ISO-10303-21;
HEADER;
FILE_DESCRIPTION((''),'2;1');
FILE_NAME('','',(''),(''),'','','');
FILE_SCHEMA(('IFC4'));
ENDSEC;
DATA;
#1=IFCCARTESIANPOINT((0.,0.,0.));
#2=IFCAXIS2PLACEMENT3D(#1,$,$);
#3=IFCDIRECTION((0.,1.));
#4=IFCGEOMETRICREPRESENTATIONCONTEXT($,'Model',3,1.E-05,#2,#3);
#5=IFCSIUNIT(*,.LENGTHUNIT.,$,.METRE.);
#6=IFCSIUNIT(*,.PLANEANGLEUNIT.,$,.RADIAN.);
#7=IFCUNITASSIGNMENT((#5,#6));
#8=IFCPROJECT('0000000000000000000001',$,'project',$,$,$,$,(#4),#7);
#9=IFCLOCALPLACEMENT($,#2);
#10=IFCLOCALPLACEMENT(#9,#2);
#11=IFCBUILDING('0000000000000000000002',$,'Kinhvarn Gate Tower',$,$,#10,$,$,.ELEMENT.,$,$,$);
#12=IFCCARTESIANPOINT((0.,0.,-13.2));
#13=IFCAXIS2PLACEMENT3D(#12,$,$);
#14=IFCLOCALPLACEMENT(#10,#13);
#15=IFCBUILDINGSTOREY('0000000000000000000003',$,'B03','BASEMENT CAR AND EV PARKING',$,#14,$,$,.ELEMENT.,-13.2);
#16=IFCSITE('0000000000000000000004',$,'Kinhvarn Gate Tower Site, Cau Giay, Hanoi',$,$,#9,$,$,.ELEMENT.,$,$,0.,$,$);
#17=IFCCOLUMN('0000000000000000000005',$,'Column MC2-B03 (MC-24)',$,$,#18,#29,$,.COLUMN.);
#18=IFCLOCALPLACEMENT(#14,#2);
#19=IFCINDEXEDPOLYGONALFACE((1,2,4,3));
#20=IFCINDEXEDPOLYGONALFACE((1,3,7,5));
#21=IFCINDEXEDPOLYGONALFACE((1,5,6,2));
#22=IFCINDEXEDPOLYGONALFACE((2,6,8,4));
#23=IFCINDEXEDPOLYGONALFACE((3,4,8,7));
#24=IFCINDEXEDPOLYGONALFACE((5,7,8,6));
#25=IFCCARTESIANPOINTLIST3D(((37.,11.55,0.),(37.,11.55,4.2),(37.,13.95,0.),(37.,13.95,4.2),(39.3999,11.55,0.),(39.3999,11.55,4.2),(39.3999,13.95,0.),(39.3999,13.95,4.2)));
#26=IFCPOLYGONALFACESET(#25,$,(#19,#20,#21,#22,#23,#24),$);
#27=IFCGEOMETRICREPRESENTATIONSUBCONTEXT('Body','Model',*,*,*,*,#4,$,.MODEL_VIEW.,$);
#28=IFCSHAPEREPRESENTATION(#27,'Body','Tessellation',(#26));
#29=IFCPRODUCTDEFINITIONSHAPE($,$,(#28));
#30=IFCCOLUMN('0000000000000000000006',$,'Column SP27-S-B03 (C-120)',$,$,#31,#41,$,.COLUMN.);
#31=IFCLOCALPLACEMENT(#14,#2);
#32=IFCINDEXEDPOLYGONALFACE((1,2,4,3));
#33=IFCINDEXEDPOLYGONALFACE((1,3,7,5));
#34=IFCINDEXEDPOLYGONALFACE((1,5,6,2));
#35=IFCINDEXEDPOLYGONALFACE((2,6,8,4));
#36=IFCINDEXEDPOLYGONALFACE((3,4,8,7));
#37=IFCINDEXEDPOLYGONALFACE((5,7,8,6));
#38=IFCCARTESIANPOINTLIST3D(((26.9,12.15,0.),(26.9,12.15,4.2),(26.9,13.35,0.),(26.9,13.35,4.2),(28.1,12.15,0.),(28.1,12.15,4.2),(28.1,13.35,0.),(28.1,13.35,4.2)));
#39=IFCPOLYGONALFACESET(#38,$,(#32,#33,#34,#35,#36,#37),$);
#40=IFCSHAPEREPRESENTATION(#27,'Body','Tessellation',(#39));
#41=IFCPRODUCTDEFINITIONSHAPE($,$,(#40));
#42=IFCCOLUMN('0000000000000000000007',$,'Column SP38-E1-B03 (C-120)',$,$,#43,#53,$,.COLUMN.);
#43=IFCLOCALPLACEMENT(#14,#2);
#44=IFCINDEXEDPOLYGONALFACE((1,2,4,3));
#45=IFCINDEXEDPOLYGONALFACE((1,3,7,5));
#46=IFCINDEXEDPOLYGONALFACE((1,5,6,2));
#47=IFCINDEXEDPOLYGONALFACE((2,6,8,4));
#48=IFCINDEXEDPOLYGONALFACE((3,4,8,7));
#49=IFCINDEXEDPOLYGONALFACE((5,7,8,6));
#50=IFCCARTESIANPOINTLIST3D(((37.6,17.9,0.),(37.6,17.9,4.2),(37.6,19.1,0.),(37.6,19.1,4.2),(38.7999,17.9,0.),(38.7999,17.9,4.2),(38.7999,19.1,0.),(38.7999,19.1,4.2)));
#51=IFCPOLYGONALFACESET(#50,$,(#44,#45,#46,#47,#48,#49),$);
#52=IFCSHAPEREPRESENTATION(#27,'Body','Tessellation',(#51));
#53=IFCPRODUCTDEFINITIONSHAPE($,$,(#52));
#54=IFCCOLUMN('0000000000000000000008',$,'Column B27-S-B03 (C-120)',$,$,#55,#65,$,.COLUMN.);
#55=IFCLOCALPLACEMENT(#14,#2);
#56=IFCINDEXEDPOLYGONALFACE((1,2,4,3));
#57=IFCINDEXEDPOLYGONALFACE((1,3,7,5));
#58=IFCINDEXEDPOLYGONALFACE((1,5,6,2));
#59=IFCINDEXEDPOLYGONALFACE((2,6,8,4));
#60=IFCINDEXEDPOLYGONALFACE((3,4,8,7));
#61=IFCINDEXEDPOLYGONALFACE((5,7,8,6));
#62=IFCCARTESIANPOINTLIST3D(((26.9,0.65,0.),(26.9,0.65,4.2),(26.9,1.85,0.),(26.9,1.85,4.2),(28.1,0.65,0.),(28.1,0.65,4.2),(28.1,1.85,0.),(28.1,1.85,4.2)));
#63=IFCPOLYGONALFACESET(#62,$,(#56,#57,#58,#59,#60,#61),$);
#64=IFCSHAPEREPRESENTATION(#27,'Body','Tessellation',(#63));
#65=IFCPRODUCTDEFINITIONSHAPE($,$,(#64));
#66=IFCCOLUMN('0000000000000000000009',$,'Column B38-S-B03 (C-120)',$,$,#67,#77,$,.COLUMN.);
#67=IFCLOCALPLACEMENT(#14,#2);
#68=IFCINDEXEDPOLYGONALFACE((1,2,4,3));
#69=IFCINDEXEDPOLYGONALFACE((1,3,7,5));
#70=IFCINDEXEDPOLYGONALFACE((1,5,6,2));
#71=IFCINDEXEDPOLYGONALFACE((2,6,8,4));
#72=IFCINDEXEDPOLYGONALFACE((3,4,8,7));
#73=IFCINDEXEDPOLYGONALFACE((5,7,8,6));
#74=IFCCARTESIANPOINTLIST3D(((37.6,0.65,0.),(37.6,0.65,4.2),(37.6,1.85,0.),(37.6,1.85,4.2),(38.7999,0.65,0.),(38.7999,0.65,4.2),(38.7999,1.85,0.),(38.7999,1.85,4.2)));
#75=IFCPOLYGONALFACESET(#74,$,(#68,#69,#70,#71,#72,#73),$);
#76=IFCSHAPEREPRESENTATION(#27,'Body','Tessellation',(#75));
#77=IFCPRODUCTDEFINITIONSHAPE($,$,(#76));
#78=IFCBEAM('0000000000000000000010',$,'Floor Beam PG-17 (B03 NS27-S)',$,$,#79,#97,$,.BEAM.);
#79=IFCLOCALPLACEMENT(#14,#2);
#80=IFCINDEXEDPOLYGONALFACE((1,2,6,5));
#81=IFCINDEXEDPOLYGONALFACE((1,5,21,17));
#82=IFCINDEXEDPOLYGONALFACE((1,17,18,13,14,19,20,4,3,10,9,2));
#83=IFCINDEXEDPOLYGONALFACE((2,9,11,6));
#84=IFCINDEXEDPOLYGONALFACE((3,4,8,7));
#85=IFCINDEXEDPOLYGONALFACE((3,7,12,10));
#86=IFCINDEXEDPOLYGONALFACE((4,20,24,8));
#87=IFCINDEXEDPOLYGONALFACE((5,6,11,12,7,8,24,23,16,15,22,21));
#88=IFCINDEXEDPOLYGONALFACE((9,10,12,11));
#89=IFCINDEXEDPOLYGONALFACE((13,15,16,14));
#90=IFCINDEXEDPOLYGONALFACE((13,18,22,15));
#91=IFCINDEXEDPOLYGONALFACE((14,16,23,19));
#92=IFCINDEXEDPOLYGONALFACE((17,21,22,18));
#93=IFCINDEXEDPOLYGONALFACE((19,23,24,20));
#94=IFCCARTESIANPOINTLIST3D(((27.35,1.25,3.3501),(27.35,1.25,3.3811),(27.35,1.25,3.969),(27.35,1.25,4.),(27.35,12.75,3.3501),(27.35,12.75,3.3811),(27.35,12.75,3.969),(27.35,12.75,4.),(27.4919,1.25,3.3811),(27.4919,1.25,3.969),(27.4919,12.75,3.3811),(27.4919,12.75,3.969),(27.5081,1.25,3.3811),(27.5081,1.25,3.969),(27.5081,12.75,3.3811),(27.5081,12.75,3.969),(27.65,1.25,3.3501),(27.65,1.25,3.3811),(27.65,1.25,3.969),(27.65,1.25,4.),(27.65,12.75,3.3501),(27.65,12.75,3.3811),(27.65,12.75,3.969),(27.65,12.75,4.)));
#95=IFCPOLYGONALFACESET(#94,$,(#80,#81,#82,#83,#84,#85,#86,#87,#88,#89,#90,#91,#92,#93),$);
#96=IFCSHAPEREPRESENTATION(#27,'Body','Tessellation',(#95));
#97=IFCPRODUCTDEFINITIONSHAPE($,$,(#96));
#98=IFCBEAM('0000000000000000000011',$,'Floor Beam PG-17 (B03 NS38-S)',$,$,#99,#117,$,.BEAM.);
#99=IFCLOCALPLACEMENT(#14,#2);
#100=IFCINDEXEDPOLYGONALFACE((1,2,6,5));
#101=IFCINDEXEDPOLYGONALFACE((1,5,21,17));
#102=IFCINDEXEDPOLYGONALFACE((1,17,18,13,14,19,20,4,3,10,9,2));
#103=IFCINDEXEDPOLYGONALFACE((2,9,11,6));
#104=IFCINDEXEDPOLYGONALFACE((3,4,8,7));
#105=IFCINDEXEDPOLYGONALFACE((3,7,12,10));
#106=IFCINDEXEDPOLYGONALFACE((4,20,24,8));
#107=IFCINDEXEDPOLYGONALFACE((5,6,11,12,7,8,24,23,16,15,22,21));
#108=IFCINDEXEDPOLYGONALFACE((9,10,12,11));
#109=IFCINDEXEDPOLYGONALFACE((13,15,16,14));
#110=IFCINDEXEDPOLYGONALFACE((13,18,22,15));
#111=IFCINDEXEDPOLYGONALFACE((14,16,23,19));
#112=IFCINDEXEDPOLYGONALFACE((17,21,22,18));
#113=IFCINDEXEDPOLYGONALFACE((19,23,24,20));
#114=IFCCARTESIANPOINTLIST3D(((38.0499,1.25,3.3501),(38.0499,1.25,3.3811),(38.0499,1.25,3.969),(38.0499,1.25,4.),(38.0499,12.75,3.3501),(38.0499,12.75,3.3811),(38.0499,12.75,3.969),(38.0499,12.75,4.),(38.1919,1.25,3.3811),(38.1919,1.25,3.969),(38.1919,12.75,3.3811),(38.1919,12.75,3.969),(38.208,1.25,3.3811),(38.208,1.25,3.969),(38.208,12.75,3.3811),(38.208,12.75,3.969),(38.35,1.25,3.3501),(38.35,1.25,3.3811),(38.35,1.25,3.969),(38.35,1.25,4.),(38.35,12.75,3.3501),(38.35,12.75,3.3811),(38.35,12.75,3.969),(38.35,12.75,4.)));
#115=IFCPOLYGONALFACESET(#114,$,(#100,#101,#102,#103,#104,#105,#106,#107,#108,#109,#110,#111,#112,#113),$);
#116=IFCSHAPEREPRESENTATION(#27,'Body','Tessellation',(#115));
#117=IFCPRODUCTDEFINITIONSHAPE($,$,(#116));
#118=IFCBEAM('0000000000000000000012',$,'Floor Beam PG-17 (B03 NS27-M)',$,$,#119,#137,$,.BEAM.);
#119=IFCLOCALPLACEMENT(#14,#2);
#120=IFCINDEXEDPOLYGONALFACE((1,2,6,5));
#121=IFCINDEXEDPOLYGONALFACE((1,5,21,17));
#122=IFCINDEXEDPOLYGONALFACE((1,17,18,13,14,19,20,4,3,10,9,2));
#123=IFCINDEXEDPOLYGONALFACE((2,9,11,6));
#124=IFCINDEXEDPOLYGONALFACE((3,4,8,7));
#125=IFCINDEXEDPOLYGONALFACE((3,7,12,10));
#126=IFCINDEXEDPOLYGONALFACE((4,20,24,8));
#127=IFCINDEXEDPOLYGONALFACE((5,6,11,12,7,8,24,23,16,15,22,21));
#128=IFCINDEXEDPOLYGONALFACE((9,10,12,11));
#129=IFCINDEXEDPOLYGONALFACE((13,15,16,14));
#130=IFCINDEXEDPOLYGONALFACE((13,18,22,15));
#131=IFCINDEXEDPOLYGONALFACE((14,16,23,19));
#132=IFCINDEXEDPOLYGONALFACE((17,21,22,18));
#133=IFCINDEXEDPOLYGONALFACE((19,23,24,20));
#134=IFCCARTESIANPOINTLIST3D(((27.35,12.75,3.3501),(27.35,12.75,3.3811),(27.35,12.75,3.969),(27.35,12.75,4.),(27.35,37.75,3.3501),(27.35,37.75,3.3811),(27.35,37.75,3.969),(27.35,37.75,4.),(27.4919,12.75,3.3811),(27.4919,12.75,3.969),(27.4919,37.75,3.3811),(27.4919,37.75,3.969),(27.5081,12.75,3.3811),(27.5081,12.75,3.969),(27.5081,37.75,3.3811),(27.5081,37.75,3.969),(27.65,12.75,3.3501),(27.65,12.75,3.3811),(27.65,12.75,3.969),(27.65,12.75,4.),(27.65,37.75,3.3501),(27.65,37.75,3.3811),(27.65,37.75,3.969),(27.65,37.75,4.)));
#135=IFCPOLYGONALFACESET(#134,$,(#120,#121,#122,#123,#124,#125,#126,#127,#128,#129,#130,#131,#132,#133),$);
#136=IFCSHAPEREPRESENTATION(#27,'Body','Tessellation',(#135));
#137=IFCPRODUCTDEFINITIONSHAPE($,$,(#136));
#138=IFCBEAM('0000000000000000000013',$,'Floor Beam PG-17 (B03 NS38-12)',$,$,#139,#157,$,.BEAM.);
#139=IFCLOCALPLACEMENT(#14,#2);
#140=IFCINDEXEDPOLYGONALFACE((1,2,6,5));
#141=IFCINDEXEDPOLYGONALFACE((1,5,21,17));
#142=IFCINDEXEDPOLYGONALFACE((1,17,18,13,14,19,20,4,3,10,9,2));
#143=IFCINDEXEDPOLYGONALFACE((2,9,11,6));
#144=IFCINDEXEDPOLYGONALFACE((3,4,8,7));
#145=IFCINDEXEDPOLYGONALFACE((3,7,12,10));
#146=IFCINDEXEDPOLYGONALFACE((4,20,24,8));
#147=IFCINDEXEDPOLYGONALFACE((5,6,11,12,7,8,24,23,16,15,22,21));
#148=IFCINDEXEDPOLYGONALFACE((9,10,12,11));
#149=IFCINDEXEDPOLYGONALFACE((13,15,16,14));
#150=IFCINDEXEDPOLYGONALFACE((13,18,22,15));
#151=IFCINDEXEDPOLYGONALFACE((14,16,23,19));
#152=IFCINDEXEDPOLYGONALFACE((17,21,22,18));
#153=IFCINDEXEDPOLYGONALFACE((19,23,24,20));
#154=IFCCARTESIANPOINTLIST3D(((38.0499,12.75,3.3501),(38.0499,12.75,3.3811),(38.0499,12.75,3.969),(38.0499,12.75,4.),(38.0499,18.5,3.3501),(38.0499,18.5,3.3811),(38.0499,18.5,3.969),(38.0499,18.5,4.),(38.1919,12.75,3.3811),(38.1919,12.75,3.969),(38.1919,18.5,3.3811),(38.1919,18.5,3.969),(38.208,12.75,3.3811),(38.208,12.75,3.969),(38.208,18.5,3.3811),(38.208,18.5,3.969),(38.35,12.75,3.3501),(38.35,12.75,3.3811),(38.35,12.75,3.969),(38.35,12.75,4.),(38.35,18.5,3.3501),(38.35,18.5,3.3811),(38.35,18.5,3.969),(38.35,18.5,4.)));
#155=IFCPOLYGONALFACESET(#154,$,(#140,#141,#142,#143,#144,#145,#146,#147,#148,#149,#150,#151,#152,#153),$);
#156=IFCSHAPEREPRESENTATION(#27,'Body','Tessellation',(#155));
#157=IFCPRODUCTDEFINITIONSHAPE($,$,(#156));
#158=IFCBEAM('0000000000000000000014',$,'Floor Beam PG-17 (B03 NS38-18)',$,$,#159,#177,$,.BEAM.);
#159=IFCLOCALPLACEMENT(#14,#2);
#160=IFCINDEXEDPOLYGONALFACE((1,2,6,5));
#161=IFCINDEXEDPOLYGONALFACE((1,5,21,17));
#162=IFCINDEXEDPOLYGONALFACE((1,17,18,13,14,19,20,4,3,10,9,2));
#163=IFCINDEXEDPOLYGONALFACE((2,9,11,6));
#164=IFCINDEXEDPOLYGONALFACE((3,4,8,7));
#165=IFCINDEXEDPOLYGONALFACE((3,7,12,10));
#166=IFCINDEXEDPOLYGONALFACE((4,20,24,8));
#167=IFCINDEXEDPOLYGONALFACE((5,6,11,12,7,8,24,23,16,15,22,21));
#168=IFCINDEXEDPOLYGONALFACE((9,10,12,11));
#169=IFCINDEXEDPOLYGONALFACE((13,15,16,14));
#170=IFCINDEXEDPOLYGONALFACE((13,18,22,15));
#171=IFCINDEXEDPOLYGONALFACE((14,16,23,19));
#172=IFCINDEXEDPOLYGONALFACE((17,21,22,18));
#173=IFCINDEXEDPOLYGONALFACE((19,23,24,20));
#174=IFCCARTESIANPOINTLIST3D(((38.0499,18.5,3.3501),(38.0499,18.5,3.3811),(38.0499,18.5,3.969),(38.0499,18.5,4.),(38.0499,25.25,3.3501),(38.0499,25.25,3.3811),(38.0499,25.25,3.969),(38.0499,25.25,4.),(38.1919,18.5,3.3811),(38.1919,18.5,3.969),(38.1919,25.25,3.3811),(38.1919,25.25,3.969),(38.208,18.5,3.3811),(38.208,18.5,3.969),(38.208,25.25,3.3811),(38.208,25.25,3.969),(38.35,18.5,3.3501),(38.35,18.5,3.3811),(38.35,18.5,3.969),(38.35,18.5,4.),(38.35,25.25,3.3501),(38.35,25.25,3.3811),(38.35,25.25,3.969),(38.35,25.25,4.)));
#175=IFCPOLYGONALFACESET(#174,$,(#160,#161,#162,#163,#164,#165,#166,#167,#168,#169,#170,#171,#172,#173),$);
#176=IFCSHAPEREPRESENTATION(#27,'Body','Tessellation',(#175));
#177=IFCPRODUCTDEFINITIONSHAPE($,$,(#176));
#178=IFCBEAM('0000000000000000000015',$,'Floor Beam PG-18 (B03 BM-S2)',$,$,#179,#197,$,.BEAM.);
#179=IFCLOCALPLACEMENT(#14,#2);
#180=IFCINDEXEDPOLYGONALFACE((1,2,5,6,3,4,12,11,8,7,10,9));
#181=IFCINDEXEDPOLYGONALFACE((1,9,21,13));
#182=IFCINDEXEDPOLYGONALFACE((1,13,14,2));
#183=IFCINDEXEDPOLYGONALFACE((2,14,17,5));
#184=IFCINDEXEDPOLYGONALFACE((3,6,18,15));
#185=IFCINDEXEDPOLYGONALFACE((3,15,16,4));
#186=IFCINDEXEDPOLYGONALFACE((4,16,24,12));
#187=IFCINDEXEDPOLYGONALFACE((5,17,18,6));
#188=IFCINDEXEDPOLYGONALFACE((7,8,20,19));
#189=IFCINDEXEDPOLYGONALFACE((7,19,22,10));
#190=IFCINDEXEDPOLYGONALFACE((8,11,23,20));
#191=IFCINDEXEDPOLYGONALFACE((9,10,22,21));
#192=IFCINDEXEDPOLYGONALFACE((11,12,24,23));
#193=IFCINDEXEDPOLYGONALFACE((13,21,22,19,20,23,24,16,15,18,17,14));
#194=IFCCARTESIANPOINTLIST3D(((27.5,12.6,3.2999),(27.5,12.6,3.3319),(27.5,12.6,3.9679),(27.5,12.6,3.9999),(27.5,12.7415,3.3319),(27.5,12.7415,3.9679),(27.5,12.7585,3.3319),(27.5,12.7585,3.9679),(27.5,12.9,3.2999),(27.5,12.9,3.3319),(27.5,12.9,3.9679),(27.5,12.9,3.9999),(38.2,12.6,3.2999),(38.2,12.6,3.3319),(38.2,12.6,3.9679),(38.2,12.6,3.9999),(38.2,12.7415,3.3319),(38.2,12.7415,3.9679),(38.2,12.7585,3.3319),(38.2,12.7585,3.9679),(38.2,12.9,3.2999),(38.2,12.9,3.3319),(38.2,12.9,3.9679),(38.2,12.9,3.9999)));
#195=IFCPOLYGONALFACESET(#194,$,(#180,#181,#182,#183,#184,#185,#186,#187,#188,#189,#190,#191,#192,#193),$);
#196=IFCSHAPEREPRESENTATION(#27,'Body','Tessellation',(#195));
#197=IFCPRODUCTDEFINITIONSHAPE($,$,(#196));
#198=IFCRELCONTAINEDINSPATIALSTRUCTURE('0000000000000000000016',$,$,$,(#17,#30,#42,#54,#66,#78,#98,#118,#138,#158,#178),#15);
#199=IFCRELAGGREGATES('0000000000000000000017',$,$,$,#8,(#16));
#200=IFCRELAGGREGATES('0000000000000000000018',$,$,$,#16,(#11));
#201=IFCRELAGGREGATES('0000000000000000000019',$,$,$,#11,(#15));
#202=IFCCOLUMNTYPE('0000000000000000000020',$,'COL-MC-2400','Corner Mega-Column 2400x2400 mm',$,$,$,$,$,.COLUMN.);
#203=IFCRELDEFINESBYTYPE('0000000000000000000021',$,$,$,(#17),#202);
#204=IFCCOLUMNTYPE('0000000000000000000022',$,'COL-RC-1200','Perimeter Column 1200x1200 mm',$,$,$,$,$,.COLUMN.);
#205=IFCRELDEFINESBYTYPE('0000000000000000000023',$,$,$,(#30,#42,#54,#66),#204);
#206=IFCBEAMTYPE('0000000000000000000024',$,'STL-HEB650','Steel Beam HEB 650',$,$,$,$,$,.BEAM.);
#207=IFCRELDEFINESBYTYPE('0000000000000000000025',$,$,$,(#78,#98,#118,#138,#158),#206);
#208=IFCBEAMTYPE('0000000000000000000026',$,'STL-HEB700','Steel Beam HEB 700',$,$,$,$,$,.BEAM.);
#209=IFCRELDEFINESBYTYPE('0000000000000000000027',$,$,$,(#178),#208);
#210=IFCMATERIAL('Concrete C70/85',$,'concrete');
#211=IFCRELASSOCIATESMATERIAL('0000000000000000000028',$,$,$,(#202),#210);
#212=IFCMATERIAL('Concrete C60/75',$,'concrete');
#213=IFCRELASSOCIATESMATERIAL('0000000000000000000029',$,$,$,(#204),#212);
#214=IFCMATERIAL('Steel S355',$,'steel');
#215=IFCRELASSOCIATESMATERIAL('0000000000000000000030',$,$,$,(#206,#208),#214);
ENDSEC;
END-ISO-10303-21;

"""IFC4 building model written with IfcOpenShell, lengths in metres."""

from ifc_helpers import new_model, si_unit, direction, frame, origin, origin_2d, place, context, subcontext, project, spatial, rectangle, i_section, extrude, material, material_profile, profile_set, type_object, element, save


model = new_model("IFC4")

# Units and contexts
model_context = context("Model", 3, precision=1e-05, world=origin(), true_north=direction((0.0, 1.0)))
body_context = subcontext(model_context, "Body", "Model", "MODEL_VIEW")
ifc_project = project(units=[si_unit("LENGTHUNIT", "METRE"), si_unit("PLANEANGLEUNIT", "RADIAN")], contexts=[model_context])

# Site, building, storey
site_placement = place(None, origin())
site = spatial("IfcSite", under=ifc_project, at=site_placement, Name="Kinhvarn Gate Tower Site, Cau Giay, Hanoi", CompositionType="ELEMENT", RefElevation=0.0)
building_placement = place(site_placement, origin())
building = spatial("IfcBuilding", under=site, at=building_placement, Name="Kinhvarn Gate Tower", CompositionType="ELEMENT")
storey_placement = place(building_placement, frame((0.0, 0.0, -13.2)))
storey = spatial("IfcBuildingStorey", under=building, at=storey_placement, Name="B03", Description="BASEMENT CAR AND EV PARKING", CompositionType="ELEMENT", Elevation=-13.2)

# Columns
ifc_material_1 = material(Name="Concrete C70/85", Category="concrete")
ifc_material_profile_1 = material_profile(ifc_material_1, rectangle(XDim=2.3999, YDim=2.3999, at=origin_2d()), Name="RC 2400x2400")
ifc_profile_set_1 = profile_set([ifc_material_profile_1], Name="Concrete C70/85")
column_type_1 = type_object("IfcColumnType", Name="COL-MC-2400", Description="Corner Mega-Column 2400x2400 mm", PredefinedType="COLUMN", material=ifc_profile_set_1)
column_placement = place(storey_placement, frame((38.2, 12.75, 0.0), z_axis=(0.0, 0.0, 1.0), x_axis=(1.0, 0.0, 0.0)))
element("IfcColumn", 1, at=column_placement, inside=storey, type_object=column_type_1, Name="Column MC2-B03 (MC-24)", PredefinedType="COLUMN", context=body_context, shape_type="SweptSolid", body=[
    extrude(rectangle(XDim=2.3999, YDim=2.3999, at=origin_2d()), origin(), (0.0, 0.0, 1.0), 4.2),
])
ifc_material_2 = material(Name="Concrete C60/75", Category="concrete")
ifc_material_profile_2 = material_profile(ifc_material_2, rectangle(XDim=1.2, YDim=1.2, at=origin_2d()), Name="RC 1200x1200")
ifc_profile_set_2 = profile_set([ifc_material_profile_2], Name="Concrete C60/75")
column_type_2 = type_object("IfcColumnType", Name="COL-RC-1200", Description="Perimeter Column 1200x1200 mm", PredefinedType="COLUMN", material=ifc_profile_set_2)
for number, where, z_axis, x_axis, name in (
    (2, (27.5, 12.75, 0.0), (0.0, 0.0, 1.0), (1.0, 0.0, 0.0), "Column SP27-S-B03 (C-120)"),
    (3, (38.2, 18.5, 0.0), (0.0, 0.0, 1.0), (1.0, 0.0, 0.0), "Column SP38-E1-B03 (C-120)"),
    (4, (27.5, 1.25, 0.0), (0.0, 0.0, 1.0), (1.0, 0.0, 0.0), "Column B27-S-B03 (C-120)"),
    (5, (38.2, 1.25, 0.0), (0.0, 0.0, 1.0), (1.0, 0.0, 0.0), "Column B38-S-B03 (C-120)"),
):
    element("IfcColumn", number, at=place(storey_placement, frame(where, z_axis=z_axis, x_axis=x_axis)), inside=storey, type_object=column_type_2, Name=name, PredefinedType="COLUMN", context=body_context, shape_type="SweptSolid", body=[
        extrude(rectangle(XDim=1.2, YDim=1.2, at=origin_2d()), origin(), (0.0, 0.0, 1.0), 4.2),
    ])

# Beams
ifc_material_3 = material(Name="Steel S355", Category="steel")
ifc_material_profile_3 = material_profile(ifc_material_3, i_section(OverallWidth=0.3, OverallDepth=0.6499, WebThickness=0.0161, FlangeThickness=0.031, at=origin_2d()), Name="HEB 650")
ifc_profile_set_3 = profile_set([ifc_material_profile_3], Name="Steel S355")
beam_type_1 = type_object("IfcBeamType", Name="STL-HEB650", Description="Steel Beam HEB 650", PredefinedType="BEAM", material=ifc_profile_set_3)
for number, where, z_axis, x_axis, name in (
    (6, (27.5, 1.25, 3.675), (0.0, 1.0, 0.0), (-1.0, 0.0, 0.0), "Floor Beam PG-17 (B03 NS27-S)"),
    (7, (38.2, 1.25, 3.675), (0.0, 1.0, 0.0), (-1.0, 0.0, 0.0), "Floor Beam PG-17 (B03 NS38-S)"),
):
    element("IfcBeam", number, at=place(storey_placement, frame(where, z_axis=z_axis, x_axis=x_axis)), inside=storey, type_object=beam_type_1, Name=name, PredefinedType="BEAM", context=body_context, shape_type="SweptSolid", body=[
        extrude(i_section(OverallWidth=0.3, OverallDepth=0.6499, WebThickness=0.0161, FlangeThickness=0.031, at=origin_2d()), origin(), (0.0, 0.0, 1.0), 11.5),
    ])
beam_1_placement = place(storey_placement, frame((27.5, 12.75, 3.675), z_axis=(0.0, 1.0, 0.0), x_axis=(-1.0, 0.0, 0.0)))
element("IfcBeam", 8, at=beam_1_placement, inside=storey, type_object=beam_type_1, Name="Floor Beam PG-17 (B03 NS27-M)", PredefinedType="BEAM", context=body_context, shape_type="SweptSolid", body=[
    extrude(i_section(OverallWidth=0.3, OverallDepth=0.6499, WebThickness=0.0161, FlangeThickness=0.031, at=origin_2d()), origin(), (0.0, 0.0, 1.0), 25.0),
])
beam_2_placement = place(storey_placement, frame((38.2, 12.75, 3.675), z_axis=(0.0, 1.0, 0.0), x_axis=(-1.0, 0.0, 0.0)))
element("IfcBeam", 9, at=beam_2_placement, inside=storey, type_object=beam_type_1, Name="Floor Beam PG-17 (B03 NS38-12)", PredefinedType="BEAM", context=body_context, shape_type="SweptSolid", body=[
    extrude(i_section(OverallWidth=0.3, OverallDepth=0.6499, WebThickness=0.0161, FlangeThickness=0.031, at=origin_2d()), origin(), (0.0, 0.0, 1.0), 5.75),
])
beam_3_placement = place(storey_placement, frame((38.2, 18.5, 3.675), z_axis=(0.0, 1.0, 0.0), x_axis=(-1.0, 0.0, 0.0)))
element("IfcBeam", 10, at=beam_3_placement, inside=storey, type_object=beam_type_1, Name="Floor Beam PG-17 (B03 NS38-18)", PredefinedType="BEAM", context=body_context, shape_type="SweptSolid", body=[
    extrude(i_section(OverallWidth=0.3, OverallDepth=0.6499, WebThickness=0.0161, FlangeThickness=0.031, at=origin_2d()), origin(), (0.0, 0.0, 1.0), 6.75),
])
ifc_material_profile_4 = material_profile(ifc_material_3, i_section(OverallWidth=0.3, OverallDepth=0.7, WebThickness=0.0171, FlangeThickness=0.032, at=origin_2d()), Name="HEB 700")
ifc_profile_set_4 = profile_set([ifc_material_profile_4], Name="Steel S355")
beam_type_2 = type_object("IfcBeamType", Name="STL-HEB700", Description="Steel Beam HEB 700", PredefinedType="BEAM", material=ifc_profile_set_4)
beam_4_placement = place(storey_placement, frame((27.5, 12.75, 3.6499), z_axis=(1.0, 0.0, 0.0), x_axis=(0.0, 1.0, 0.0)))
element("IfcBeam", 11, at=beam_4_placement, inside=storey, type_object=beam_type_2, Name="Floor Beam PG-18 (B03 BM-S2)", PredefinedType="BEAM", context=body_context, shape_type="SweptSolid", body=[
    extrude(i_section(OverallWidth=0.3, OverallDepth=0.7, WebThickness=0.0171, FlangeThickness=0.032, at=origin_2d()), origin(), (0.0, 0.0, 1.0), 10.7),
])

save(model, "model.ifc")
